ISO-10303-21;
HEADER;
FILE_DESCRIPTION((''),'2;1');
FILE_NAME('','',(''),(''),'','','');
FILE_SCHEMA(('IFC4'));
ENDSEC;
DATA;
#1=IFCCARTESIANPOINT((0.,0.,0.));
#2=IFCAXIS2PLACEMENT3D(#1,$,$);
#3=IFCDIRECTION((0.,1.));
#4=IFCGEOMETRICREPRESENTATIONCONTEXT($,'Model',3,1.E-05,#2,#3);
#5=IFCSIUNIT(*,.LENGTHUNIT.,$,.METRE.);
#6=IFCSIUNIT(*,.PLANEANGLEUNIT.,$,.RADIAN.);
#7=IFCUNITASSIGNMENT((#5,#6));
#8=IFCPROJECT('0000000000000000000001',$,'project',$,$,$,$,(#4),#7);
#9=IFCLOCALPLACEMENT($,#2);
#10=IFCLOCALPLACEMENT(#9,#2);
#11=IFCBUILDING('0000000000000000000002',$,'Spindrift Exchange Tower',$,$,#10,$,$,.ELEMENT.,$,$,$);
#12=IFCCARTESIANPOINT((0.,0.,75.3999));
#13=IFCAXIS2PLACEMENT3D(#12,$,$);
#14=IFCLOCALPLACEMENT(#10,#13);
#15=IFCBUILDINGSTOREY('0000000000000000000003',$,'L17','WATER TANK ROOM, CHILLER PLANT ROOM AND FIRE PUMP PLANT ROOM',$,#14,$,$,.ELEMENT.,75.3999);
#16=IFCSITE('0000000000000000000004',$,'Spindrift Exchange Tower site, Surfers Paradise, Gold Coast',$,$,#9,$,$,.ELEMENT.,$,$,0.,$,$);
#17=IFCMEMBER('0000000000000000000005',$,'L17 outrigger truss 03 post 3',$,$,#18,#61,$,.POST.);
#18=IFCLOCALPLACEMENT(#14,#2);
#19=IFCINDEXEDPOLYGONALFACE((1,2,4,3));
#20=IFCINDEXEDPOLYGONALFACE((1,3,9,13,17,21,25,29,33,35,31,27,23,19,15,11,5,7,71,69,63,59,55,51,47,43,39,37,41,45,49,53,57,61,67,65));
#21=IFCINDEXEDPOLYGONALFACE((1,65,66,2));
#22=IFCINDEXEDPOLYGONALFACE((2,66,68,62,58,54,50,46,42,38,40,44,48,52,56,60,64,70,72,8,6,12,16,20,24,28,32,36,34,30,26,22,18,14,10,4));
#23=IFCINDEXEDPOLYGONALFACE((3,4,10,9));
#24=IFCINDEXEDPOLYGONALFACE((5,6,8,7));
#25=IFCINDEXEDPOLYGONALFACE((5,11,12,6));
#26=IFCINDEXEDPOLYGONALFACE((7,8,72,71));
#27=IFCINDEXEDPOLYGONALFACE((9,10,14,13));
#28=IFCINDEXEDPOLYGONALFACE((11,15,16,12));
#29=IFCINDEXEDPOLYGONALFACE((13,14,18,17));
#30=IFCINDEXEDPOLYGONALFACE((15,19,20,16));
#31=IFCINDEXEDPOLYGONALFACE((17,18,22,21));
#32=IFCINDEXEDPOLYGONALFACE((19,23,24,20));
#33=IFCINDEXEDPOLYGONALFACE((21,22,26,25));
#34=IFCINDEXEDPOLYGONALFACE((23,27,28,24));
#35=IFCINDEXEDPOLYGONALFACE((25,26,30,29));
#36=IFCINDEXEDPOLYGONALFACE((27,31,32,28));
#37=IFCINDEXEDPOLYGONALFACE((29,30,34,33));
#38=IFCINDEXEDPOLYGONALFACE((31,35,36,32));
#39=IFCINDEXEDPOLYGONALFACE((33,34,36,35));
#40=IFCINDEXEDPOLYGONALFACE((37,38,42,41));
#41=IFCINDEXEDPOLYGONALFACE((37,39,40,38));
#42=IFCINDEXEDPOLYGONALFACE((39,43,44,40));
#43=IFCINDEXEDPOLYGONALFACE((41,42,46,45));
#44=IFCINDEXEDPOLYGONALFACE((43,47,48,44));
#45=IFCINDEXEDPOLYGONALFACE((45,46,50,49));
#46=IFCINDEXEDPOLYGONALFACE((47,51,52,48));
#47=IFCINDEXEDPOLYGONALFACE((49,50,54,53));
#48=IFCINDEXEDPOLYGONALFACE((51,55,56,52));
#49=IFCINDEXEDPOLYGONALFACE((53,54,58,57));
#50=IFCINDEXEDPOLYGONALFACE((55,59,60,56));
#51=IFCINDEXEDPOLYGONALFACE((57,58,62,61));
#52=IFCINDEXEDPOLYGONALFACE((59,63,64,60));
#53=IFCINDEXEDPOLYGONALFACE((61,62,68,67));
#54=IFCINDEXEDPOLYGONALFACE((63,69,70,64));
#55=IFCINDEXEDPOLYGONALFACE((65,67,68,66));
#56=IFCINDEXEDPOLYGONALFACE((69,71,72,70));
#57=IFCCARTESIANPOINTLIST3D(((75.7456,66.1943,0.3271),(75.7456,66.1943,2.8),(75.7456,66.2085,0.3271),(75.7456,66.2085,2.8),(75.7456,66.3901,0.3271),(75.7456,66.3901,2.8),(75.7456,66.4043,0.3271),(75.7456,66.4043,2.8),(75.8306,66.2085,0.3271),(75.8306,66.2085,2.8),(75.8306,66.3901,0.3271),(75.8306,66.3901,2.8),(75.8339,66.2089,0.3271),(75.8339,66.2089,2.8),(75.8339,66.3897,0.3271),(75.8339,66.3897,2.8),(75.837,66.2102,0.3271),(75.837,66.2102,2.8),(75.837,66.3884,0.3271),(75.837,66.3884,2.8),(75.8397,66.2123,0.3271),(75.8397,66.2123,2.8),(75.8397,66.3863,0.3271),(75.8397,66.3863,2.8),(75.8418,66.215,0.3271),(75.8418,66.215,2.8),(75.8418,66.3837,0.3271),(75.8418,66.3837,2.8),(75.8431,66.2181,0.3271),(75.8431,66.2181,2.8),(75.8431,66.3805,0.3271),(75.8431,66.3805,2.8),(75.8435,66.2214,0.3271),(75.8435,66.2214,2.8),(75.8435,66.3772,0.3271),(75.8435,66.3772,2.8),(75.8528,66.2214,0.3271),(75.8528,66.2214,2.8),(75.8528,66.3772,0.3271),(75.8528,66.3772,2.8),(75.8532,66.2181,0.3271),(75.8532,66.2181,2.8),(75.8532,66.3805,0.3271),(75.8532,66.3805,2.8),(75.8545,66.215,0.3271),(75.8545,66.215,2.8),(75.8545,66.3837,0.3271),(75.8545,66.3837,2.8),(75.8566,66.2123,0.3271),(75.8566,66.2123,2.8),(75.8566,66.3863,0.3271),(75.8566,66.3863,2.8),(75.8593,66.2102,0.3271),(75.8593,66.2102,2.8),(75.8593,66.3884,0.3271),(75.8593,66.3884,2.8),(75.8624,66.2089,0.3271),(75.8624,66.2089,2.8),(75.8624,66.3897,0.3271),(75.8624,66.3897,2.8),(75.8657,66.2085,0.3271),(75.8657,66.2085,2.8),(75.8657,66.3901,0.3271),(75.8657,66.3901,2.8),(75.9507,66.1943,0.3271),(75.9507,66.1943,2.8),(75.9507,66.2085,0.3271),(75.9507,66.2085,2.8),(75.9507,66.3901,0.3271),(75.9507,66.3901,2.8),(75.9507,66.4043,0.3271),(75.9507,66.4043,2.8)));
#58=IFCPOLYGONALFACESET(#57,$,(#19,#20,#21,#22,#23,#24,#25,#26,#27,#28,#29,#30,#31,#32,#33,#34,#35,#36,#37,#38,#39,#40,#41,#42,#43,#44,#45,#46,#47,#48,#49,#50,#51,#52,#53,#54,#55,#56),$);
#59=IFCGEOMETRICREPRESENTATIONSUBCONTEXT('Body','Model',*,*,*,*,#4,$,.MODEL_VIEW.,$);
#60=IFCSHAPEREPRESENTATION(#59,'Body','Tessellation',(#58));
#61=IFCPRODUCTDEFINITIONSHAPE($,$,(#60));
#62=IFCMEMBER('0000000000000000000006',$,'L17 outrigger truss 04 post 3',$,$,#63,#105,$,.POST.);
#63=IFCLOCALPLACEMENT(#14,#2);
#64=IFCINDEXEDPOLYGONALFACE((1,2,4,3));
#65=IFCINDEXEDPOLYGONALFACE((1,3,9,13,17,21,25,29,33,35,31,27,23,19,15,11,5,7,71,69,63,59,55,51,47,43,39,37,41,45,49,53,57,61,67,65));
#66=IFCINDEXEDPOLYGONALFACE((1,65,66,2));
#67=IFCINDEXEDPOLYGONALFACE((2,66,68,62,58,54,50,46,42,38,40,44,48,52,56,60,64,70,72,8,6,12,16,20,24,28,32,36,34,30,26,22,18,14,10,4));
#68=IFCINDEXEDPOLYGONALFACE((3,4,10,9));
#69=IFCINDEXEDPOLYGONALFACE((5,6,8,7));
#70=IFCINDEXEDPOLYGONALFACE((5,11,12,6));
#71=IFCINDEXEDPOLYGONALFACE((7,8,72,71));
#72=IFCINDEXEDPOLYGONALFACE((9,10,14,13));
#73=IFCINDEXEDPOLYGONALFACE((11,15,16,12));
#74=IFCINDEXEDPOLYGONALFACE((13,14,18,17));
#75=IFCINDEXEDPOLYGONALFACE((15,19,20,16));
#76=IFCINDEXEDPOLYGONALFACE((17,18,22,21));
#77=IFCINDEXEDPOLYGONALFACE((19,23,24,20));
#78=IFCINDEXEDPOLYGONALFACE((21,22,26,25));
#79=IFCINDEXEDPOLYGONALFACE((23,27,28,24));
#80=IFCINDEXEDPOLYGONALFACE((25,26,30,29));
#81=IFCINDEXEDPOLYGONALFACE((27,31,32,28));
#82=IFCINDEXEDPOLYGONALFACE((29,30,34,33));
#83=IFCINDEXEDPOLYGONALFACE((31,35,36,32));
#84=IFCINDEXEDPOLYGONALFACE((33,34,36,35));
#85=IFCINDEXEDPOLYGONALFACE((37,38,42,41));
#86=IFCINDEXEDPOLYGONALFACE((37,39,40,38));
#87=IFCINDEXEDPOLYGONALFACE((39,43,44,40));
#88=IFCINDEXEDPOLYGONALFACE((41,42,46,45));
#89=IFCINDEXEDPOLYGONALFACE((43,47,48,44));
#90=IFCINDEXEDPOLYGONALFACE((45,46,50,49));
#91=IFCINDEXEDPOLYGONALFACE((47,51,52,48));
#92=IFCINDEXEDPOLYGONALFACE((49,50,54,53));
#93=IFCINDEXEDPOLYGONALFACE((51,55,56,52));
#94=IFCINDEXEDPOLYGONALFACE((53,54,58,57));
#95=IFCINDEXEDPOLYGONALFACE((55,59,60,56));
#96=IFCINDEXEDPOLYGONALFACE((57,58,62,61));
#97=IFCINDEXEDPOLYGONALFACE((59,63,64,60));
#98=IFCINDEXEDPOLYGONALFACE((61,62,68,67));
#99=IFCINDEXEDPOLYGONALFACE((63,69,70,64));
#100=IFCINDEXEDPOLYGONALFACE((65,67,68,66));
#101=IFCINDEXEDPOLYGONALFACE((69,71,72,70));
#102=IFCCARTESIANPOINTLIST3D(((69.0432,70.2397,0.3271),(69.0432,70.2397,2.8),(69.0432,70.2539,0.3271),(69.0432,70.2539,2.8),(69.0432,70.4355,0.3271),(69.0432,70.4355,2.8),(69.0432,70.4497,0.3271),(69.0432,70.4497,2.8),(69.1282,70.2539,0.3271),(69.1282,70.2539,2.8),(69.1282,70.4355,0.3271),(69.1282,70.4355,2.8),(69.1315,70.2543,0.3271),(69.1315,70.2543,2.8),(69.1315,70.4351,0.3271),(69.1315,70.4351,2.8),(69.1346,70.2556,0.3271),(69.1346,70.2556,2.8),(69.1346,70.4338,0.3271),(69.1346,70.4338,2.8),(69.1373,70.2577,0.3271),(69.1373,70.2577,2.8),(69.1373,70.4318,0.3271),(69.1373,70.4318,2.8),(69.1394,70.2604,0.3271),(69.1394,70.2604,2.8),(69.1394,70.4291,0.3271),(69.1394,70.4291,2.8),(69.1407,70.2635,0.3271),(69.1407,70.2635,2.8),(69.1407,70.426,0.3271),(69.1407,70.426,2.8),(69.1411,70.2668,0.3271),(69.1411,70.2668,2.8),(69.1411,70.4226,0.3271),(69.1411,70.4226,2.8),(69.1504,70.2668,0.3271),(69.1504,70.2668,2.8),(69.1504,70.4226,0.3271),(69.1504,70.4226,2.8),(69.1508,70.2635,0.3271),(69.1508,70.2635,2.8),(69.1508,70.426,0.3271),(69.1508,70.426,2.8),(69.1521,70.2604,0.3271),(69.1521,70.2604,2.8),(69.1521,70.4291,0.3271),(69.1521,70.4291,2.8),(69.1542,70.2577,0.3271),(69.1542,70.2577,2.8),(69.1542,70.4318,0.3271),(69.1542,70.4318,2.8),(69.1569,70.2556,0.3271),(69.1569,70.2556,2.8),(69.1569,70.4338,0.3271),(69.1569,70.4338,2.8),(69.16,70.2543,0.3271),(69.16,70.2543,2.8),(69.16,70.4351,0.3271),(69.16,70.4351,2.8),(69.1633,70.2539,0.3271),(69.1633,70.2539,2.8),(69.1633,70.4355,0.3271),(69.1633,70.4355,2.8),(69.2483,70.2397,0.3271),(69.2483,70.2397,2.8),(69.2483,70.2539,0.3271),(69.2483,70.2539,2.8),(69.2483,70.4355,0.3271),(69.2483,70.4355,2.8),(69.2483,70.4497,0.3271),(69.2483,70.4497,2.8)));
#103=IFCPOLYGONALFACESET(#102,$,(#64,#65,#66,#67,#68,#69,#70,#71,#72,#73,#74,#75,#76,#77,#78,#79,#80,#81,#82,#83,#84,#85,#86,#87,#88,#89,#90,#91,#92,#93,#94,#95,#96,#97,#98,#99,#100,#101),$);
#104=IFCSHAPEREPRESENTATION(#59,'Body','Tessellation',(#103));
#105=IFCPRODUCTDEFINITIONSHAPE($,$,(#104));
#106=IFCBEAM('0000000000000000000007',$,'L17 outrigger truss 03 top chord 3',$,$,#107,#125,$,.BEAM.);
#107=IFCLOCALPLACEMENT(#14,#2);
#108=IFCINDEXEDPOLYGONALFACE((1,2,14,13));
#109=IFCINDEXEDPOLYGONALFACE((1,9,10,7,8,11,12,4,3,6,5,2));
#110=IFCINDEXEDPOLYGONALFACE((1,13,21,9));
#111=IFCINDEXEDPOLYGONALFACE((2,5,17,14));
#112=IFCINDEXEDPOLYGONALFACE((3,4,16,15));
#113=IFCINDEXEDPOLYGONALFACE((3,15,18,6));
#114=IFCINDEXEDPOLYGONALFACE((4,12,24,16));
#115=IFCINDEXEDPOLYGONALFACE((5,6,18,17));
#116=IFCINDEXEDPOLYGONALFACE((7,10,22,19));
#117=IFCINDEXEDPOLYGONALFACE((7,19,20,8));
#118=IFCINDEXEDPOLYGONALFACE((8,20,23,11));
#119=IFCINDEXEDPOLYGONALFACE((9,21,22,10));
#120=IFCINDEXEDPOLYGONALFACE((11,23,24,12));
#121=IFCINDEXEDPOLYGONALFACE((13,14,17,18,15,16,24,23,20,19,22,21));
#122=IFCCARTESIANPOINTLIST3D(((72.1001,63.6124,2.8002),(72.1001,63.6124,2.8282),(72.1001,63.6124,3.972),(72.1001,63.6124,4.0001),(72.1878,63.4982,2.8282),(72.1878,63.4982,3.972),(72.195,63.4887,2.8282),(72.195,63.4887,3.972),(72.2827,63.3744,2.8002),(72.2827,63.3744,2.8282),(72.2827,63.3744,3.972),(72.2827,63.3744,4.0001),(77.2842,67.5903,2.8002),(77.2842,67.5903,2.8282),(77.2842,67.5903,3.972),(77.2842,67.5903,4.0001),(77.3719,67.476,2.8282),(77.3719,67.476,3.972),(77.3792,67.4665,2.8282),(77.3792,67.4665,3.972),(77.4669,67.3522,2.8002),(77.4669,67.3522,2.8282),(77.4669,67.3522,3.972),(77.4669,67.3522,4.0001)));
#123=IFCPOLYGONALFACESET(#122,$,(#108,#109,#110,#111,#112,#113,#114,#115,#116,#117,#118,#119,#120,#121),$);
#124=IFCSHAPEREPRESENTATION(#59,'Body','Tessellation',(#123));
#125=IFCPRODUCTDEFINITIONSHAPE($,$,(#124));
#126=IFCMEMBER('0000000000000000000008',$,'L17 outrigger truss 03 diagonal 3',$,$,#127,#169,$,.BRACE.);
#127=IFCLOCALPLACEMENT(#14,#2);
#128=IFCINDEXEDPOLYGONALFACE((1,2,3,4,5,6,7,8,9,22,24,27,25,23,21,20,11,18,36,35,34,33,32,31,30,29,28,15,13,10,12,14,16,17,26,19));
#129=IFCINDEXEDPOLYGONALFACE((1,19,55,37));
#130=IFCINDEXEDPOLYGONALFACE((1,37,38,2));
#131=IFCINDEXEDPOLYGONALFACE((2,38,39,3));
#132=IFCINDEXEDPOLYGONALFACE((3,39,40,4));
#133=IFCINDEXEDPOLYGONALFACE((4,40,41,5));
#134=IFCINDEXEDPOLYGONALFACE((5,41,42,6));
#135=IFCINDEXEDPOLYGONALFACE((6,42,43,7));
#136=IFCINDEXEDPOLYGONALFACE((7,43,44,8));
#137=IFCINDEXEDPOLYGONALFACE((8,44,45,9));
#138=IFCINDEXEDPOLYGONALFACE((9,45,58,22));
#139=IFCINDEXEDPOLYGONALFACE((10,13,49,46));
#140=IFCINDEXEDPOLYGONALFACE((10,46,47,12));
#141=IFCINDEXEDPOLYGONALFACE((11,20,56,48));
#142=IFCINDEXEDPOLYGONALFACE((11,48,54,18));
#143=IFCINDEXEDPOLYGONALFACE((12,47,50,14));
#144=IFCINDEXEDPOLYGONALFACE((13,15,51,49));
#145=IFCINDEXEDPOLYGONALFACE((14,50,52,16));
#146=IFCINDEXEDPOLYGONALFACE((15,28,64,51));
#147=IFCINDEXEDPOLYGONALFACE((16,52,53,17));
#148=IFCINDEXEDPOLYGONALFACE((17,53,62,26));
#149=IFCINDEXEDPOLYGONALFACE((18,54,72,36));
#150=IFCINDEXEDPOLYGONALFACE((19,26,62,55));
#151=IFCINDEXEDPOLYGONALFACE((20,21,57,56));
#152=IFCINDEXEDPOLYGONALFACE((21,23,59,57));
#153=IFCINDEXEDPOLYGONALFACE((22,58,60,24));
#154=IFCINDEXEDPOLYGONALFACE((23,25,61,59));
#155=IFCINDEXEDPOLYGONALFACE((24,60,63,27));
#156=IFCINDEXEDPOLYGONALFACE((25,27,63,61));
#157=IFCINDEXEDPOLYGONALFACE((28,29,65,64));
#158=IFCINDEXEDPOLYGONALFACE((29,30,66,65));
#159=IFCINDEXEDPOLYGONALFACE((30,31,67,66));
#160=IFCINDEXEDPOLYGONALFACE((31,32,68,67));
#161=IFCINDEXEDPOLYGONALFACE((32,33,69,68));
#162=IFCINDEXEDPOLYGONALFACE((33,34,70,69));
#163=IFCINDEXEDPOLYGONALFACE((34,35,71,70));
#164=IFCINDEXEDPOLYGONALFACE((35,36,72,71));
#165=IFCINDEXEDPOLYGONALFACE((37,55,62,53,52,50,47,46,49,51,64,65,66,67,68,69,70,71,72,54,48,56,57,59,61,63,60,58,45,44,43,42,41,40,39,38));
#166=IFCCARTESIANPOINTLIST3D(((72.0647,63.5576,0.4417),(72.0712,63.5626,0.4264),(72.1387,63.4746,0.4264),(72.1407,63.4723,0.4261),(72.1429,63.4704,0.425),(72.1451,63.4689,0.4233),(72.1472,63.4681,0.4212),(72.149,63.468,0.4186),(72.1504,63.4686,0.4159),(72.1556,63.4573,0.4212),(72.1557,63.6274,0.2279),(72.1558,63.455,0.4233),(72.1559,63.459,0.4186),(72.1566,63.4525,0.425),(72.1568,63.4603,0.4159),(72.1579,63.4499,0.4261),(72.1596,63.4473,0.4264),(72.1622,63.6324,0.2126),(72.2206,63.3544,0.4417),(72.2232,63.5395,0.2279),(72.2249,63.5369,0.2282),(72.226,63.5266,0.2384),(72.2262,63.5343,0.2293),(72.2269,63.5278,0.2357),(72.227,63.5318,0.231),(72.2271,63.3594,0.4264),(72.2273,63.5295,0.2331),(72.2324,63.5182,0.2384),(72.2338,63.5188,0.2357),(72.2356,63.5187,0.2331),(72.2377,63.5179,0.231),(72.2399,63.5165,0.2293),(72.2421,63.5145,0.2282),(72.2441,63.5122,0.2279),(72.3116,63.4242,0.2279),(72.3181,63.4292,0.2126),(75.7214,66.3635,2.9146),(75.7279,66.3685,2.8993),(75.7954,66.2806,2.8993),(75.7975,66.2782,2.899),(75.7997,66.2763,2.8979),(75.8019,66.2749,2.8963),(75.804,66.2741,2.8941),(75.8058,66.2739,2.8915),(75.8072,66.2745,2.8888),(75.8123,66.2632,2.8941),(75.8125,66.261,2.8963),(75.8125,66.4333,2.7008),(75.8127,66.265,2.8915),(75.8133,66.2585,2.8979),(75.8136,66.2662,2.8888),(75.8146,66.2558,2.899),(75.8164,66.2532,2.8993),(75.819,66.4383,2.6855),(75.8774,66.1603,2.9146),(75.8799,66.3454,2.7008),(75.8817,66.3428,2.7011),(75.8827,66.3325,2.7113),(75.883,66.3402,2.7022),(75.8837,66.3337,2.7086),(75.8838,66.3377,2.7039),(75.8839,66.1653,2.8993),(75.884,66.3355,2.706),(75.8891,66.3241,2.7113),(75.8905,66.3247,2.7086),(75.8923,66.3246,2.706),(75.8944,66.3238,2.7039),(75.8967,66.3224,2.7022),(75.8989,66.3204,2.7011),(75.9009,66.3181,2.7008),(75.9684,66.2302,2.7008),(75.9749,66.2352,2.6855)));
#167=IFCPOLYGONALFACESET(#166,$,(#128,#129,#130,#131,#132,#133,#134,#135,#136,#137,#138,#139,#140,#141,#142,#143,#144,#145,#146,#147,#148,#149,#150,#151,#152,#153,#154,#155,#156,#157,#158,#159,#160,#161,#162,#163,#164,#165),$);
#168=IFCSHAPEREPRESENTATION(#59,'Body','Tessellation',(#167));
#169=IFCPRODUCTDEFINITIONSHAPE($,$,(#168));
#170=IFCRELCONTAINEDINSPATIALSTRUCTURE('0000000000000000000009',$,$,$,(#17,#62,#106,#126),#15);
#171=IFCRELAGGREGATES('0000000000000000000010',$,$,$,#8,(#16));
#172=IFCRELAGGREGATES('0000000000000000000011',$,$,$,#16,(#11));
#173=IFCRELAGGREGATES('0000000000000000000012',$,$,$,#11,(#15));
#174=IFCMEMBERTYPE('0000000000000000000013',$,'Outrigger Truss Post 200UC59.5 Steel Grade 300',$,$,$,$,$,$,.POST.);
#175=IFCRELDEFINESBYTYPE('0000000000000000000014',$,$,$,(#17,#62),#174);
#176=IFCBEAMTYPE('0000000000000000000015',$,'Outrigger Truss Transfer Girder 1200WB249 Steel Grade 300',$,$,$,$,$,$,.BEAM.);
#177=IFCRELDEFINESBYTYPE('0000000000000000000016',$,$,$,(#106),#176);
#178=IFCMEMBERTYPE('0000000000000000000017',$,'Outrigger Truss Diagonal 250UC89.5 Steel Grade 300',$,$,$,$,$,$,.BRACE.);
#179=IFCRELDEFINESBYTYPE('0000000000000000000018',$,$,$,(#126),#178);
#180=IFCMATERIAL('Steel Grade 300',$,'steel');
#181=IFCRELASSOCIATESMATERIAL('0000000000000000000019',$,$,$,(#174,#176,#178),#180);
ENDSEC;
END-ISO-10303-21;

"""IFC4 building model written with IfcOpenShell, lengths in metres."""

from ifc_helpers import new_model, si_unit, direction, frame, origin, origin_2d, place, context, subcontext, project, spatial, i_section, extrude, source, transform, mapped, material, material_profile, profile_set, type_object, element, save


model = new_model("IFC4")

# Units and contexts
model_context = context("Model", 3, precision=1e-05, world=origin(), true_north=direction((0.0, 1.0)))
body_context = subcontext(model_context, "Body", "Model", "MODEL_VIEW")
ifc_project = project(units=[si_unit("LENGTHUNIT", "METRE"), si_unit("PLANEANGLEUNIT", "RADIAN")], contexts=[model_context])

# Site, building, storey
site_placement = place(None, origin())
site = spatial("IfcSite", under=ifc_project, at=site_placement, Name="Spindrift Exchange Tower site, Surfers Paradise, Gold Coast", CompositionType="ELEMENT", RefElevation=0.0)
building_placement = place(site_placement, origin())
building = spatial("IfcBuilding", under=site, at=building_placement, Name="Spindrift Exchange Tower", CompositionType="ELEMENT")
storey_placement = place(building_placement, frame((0.0, 0.0, 75.3999)))
storey = spatial("IfcBuildingStorey", under=building, at=storey_placement, Name="L17", Description="WATER TANK ROOM, CHILLER PLANT ROOM AND FIRE PUMP PLANT ROOM", CompositionType="ELEMENT", Elevation=75.3999)

# Shared definitions
ifc_material_1 = material(Name="Steel Grade 300", Category="steel")

# Members
ifc_material_profile_1 = material_profile(ifc_material_1, i_section(OverallWidth=0.2051, OverallDepth=0.21, WebThickness=0.0093, FlangeThickness=0.0142, FilletRadius=0.0129, at=origin_2d()), Name="200UC59.5")
ifc_profile_set_1 = profile_set([ifc_material_profile_1], Name="Steel Grade 300")
member_type_1 = type_object("IfcMemberType", Name="Outrigger Truss Post 200UC59.5 Steel Grade 300", PredefinedType="POST", material=ifc_profile_set_1)
shared_shape_1 = source(origin(), body_context, "Body", "SweptSolid", [
    extrude(i_section(OverallWidth=0.2051, OverallDepth=0.21, WebThickness=0.0093, FlangeThickness=0.0142, FilletRadius=0.0129, at=origin_2d()), origin(), (0.0, 0.0, 1.0), 2.4729),
])
for number, where, z_axis, x_axis, name in (
    (1, (75.8481, 66.2993, 0.3271), (0.0, 0.0, 1.0), (1.0, 0.0, 0.0), "L17 outrigger truss 03 post 3"),
    (2, (69.1458, 70.3447, 0.3271), (0.0, 0.0, 1.0), (1.0, 0.0, 0.0), "L17 outrigger truss 04 post 3"),
):
    element("IfcMember", number, at=place(storey_placement, frame(where, z_axis=z_axis, x_axis=x_axis)), inside=storey, type_object=member_type_1, Name=name, PredefinedType="POST", context=body_context, shape_type="MappedRepresentation", body=[
        mapped(shared_shape_1, transform((0.0, 0.0, 0.0), scale=1.0)),
    ])

# Beam
ifc_material_profile_2 = material_profile(ifc_material_1, i_section(OverallWidth=0.3, OverallDepth=1.2, WebThickness=0.012, FlangeThickness=0.0281, at=origin_2d()), Name="1200WB249")
ifc_profile_set_2 = profile_set([ifc_material_profile_2], Name="Steel Grade 300")
beam_type_1 = type_object("IfcBeamType", Name="Outrigger Truss Transfer Girder 1200WB249 Steel Grade 300", PredefinedType="BEAM", material=ifc_profile_set_2)
shared_shape_2 = source(origin(), body_context, "Body", "SweptSolid", [
    extrude(i_section(OverallWidth=0.3, OverallDepth=1.2, WebThickness=0.012, FlangeThickness=0.0281, at=origin_2d()), origin(), (0.0, 0.0, 1.0), 6.5344),
])
beam_1_placement = place(storey_placement, frame((72.1914, 63.4934, 3.4001), z_axis=(0.793361, 0.608752, 0.0), x_axis=(-0.608752, 0.793361, 0.0)))
element("IfcBeam", 3, at=beam_1_placement, inside=storey, type_object=beam_type_1, Name="L17 outrigger truss 03 top chord 3", PredefinedType="BEAM", context=body_context, shape_type="MappedRepresentation", body=[
    mapped(shared_shape_2, transform((0.0, 0.0, 0.0), scale=1.0)),
])

# Member
ifc_material_profile_3 = material_profile(ifc_material_1, i_section(OverallWidth=0.2561, OverallDepth=0.26, WebThickness=0.0105, FlangeThickness=0.0173, FilletRadius=0.012, at=origin_2d()), Name="250UC89.5")
ifc_profile_set_3 = profile_set([ifc_material_profile_3], Name="Steel Grade 300")
member_type_2 = type_object("IfcMemberType", Name="Outrigger Truss Diagonal 250UC89.5 Steel Grade 300", PredefinedType="BRACE", material=ifc_profile_set_3)
shared_shape_3 = source(origin(), body_context, "Body", "SweptSolid", [
    extrude(i_section(OverallWidth=0.2561, OverallDepth=0.26, WebThickness=0.0105, FlangeThickness=0.0173, FilletRadius=0.012, at=origin_2d()), origin(), (0.0, 0.0, 1.0), 5.2307),
])
member_1_placement = place(storey_placement, frame((72.1914, 63.4934, 0.3271), z_axis=(0.699093, 0.536432, 0.472768), x_axis=(-0.608761, 0.793354, 0.0)))
element("IfcMember", 4, at=member_1_placement, inside=storey, type_object=member_type_2, Name="L17 outrigger truss 03 diagonal 3", PredefinedType="BRACE", context=body_context, shape_type="MappedRepresentation", body=[
    mapped(shared_shape_3, transform((0.0, 0.0, 0.0), scale=1.0)),
])

save(model, "model.ifc")
